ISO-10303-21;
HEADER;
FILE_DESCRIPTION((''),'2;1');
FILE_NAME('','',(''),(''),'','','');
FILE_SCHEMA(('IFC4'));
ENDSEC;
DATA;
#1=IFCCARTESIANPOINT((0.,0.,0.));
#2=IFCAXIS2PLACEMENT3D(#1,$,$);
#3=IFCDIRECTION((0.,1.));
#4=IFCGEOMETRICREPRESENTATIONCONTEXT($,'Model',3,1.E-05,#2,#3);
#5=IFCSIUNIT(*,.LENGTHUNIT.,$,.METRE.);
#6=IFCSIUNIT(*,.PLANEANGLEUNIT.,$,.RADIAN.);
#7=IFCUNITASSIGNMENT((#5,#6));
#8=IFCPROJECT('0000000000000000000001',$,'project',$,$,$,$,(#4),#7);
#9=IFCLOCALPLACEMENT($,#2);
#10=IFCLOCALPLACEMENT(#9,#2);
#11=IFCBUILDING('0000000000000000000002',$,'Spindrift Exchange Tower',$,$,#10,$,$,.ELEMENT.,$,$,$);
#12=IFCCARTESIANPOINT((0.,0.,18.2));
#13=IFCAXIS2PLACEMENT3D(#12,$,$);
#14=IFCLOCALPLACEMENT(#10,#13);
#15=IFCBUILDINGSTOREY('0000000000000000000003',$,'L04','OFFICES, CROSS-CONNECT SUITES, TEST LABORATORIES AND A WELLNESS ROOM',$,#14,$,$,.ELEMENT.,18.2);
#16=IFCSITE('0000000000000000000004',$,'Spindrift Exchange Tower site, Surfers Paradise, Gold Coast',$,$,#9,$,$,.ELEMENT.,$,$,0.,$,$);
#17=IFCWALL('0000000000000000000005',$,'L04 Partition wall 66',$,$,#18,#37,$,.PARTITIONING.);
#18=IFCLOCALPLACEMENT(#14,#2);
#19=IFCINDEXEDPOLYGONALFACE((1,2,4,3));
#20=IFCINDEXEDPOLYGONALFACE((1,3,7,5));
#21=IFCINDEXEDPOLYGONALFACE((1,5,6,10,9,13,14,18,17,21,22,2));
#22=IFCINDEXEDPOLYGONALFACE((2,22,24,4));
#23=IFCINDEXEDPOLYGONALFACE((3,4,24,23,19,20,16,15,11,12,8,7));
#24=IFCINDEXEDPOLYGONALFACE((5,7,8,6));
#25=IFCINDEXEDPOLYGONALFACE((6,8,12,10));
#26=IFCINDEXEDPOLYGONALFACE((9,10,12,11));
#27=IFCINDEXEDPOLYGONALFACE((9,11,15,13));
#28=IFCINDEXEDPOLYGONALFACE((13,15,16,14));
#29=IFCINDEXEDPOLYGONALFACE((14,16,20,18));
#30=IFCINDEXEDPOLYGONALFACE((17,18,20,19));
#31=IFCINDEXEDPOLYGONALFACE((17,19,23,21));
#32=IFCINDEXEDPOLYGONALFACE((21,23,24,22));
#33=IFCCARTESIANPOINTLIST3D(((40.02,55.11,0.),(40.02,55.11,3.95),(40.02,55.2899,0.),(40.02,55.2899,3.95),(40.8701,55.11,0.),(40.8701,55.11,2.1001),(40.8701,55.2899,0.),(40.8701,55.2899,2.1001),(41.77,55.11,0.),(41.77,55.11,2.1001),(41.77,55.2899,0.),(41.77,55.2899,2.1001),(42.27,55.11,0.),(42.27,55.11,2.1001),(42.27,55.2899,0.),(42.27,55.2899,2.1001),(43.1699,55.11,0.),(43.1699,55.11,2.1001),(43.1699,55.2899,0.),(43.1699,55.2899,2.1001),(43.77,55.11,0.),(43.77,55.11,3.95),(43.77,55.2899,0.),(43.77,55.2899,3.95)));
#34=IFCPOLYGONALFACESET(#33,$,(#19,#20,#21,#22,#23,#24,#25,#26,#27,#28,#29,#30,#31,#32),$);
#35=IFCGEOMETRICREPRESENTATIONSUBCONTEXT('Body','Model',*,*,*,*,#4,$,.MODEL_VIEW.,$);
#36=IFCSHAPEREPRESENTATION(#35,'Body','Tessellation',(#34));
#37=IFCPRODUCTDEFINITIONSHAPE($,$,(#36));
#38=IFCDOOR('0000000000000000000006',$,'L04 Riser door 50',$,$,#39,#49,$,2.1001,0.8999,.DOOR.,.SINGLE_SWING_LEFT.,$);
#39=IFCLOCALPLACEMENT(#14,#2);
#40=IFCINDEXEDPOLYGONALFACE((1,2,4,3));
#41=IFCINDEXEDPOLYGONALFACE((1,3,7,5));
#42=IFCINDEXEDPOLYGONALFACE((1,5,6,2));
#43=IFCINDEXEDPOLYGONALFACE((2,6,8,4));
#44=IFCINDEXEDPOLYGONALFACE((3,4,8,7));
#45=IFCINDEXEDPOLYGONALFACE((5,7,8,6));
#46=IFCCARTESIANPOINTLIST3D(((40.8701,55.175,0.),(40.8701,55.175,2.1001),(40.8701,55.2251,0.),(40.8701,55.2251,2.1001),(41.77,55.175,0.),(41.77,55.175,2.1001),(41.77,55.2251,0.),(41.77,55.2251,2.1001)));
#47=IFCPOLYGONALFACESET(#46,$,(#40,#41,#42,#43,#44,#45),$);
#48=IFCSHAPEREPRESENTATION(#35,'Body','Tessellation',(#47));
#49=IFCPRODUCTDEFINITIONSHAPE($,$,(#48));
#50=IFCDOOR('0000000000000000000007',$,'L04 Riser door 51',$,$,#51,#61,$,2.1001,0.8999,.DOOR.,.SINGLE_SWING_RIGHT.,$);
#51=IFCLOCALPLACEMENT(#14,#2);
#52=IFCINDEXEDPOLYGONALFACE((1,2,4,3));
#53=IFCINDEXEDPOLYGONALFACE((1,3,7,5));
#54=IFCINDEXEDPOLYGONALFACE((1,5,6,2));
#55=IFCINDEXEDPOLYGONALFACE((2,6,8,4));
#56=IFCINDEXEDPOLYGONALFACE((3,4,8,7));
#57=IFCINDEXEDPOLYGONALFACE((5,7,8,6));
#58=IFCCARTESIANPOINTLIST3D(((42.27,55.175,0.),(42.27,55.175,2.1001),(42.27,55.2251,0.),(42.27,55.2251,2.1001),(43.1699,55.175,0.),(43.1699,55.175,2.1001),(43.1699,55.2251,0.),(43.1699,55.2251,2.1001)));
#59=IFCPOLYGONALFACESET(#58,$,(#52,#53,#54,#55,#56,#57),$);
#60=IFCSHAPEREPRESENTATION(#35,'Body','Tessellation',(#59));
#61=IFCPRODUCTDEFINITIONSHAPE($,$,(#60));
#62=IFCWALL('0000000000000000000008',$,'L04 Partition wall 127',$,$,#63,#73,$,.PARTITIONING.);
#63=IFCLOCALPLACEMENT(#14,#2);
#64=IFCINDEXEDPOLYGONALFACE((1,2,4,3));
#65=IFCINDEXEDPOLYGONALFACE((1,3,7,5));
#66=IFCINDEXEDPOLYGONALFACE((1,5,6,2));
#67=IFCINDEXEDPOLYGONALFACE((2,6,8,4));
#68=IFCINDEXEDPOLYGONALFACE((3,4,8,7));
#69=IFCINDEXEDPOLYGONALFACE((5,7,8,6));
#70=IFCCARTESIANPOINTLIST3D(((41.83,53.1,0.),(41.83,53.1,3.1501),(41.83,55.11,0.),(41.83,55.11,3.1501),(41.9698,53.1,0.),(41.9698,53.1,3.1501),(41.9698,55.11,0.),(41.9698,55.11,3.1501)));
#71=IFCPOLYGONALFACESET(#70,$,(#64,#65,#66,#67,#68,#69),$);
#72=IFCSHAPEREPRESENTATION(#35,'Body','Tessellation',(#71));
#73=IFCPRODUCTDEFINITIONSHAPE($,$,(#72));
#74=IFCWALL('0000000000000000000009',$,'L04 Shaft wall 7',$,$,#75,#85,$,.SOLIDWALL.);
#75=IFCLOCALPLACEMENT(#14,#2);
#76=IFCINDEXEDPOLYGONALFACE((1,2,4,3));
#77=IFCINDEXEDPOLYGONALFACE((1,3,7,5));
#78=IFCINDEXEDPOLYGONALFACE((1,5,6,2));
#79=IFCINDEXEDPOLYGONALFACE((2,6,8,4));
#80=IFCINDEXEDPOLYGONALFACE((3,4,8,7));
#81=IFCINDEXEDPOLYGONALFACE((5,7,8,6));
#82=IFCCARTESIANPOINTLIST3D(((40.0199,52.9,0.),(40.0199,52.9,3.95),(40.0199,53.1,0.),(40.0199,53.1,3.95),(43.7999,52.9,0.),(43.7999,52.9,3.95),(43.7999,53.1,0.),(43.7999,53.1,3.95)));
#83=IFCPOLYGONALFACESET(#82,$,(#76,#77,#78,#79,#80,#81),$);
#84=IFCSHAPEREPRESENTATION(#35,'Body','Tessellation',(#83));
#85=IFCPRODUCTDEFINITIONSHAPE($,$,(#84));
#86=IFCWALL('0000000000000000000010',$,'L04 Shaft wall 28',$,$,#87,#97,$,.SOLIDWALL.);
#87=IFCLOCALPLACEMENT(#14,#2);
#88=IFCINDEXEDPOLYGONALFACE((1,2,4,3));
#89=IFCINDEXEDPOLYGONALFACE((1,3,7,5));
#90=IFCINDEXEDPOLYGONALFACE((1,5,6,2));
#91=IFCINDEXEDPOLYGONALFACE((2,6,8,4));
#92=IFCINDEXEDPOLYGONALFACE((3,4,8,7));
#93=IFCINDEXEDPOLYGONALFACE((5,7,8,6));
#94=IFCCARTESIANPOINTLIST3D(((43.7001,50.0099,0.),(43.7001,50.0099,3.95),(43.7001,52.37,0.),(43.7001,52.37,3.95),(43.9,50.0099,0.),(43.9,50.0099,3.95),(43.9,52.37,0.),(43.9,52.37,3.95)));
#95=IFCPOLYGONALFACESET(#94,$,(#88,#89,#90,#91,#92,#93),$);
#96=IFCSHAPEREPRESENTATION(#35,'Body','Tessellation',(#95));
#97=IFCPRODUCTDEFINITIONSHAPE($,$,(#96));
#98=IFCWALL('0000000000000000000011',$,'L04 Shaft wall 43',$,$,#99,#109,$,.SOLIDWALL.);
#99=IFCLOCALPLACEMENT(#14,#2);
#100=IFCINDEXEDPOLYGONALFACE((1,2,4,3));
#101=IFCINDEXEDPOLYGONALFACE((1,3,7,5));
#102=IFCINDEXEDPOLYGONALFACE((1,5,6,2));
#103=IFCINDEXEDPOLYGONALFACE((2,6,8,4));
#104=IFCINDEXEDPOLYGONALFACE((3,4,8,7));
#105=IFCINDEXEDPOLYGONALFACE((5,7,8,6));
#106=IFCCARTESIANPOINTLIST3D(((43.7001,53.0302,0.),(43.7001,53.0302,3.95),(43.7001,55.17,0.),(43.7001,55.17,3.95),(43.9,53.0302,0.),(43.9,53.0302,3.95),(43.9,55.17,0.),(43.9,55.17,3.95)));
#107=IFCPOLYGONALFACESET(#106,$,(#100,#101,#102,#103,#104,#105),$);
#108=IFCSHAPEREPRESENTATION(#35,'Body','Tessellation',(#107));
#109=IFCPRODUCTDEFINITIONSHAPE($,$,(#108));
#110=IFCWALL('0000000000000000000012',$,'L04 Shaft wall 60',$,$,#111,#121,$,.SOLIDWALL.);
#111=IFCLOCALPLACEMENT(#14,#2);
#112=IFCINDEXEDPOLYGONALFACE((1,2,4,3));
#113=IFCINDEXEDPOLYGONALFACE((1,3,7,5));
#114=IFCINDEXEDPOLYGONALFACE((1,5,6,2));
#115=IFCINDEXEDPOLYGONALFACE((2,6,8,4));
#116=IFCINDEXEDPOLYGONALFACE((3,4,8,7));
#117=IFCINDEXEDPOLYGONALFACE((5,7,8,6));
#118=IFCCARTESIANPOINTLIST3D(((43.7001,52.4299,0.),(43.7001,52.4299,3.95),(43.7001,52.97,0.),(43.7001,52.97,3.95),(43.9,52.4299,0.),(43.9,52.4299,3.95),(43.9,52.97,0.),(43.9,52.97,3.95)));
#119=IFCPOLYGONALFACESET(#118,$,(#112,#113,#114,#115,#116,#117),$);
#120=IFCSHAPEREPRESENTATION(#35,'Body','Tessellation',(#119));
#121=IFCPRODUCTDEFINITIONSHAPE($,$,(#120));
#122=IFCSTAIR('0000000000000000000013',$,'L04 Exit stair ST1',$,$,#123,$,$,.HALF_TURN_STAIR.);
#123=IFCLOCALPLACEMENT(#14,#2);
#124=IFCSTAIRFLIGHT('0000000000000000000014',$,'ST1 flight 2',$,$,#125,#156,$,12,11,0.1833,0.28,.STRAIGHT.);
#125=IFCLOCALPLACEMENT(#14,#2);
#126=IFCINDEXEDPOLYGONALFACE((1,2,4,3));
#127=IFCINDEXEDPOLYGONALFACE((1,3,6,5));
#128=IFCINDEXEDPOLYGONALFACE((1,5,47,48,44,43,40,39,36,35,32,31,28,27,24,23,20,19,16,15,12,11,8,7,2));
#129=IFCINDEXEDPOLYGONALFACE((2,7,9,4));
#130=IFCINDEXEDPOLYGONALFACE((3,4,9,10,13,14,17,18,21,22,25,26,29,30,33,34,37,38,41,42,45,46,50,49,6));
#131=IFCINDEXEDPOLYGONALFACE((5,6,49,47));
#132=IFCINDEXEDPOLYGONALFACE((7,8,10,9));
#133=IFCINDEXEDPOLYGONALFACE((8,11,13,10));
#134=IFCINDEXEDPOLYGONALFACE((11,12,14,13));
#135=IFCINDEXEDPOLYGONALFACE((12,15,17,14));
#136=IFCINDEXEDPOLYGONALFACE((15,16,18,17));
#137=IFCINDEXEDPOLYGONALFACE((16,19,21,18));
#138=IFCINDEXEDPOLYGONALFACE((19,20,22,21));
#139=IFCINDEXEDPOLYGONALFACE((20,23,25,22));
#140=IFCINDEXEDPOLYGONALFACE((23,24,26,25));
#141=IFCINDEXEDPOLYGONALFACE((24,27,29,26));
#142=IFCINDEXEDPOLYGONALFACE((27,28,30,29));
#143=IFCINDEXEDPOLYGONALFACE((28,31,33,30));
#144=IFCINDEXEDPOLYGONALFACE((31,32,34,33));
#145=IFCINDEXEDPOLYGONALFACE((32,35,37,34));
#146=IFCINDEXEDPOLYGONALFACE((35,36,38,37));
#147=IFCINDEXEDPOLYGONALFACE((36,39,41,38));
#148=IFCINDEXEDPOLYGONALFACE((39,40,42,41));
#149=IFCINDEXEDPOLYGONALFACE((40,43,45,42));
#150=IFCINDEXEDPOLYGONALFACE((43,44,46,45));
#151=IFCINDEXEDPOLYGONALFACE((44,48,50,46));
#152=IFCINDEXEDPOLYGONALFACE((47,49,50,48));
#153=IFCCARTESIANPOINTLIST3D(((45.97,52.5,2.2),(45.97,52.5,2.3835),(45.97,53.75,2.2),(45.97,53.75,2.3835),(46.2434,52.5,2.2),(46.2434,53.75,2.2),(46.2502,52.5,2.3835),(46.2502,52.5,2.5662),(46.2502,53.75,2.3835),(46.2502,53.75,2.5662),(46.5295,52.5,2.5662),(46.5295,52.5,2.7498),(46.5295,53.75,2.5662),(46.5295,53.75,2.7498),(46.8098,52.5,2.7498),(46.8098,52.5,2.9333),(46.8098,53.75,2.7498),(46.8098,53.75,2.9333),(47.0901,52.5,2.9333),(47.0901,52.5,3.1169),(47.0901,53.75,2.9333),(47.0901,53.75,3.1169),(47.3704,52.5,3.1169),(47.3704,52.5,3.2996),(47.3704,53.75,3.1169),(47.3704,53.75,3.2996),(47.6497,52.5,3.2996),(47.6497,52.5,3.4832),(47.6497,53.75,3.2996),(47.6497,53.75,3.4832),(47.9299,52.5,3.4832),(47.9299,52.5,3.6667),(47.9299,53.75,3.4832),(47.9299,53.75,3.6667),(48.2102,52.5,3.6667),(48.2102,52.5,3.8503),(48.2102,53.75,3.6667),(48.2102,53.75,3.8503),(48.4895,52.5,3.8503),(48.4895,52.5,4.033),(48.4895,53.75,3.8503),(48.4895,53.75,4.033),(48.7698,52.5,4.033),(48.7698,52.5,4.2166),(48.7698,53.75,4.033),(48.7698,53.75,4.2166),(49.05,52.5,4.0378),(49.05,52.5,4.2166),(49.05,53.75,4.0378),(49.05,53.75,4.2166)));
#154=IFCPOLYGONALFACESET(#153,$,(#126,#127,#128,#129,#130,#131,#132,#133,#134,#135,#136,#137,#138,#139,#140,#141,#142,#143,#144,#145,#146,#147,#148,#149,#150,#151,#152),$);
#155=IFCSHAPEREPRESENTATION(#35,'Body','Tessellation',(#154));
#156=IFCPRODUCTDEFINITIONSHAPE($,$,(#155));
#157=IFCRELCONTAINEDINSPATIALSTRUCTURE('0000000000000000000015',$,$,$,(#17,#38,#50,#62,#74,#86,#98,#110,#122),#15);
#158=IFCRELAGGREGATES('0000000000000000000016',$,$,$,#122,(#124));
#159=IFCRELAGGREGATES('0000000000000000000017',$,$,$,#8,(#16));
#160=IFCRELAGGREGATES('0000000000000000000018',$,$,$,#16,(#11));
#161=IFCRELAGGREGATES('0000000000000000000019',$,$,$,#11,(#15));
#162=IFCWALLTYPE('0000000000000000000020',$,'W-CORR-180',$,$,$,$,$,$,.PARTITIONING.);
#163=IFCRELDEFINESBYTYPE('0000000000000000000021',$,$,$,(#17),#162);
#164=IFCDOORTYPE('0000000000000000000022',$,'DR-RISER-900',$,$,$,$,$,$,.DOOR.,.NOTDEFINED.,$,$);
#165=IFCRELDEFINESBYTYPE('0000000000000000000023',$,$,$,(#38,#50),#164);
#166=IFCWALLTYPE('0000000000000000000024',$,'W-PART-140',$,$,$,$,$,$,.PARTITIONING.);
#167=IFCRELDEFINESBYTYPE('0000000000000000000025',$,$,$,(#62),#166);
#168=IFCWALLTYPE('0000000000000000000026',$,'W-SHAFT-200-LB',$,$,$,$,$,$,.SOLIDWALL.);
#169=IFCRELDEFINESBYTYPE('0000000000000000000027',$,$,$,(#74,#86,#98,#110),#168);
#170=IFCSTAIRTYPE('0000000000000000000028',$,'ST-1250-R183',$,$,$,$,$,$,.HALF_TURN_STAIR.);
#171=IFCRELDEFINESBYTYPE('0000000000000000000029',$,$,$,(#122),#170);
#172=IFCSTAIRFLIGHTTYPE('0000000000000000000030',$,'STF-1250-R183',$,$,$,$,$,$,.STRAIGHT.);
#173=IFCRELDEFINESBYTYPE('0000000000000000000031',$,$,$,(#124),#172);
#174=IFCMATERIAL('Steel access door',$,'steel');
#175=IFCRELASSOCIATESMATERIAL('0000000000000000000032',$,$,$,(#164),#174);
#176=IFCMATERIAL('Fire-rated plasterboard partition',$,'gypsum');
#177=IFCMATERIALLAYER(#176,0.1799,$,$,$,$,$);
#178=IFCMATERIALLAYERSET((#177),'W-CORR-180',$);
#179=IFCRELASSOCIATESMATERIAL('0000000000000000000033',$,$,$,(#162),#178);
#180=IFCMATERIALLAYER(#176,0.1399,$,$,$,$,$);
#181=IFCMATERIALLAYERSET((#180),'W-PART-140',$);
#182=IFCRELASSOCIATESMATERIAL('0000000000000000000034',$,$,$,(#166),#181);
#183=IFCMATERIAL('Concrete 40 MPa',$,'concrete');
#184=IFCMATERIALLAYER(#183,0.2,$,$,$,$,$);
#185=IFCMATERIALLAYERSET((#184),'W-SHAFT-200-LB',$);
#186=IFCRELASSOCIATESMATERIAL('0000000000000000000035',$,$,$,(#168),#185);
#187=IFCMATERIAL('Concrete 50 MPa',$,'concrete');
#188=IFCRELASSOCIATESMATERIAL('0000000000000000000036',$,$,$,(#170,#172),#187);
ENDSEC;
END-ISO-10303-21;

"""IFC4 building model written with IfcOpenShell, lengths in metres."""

from ifc_helpers import new_model, si_unit, direction, frame, frame_2d, origin, place, context, subcontext, project, spatial, line, indexed_curve, rectangle, outline, extrude, source, transform, mapped, material, layer, layer_set, type_object, element, fill, aggregate, save


model = new_model("IFC4")

# Units and contexts
model_context = context("Model", 3, precision=1e-05, world=origin(), true_north=direction((0.0, 1.0)))
body_context = subcontext(model_context, "Body", "Model", "MODEL_VIEW")
ifc_project = project(units=[si_unit("LENGTHUNIT", "METRE"), si_unit("PLANEANGLEUNIT", "RADIAN")], contexts=[model_context])

# Site, building, storey
site_placement = place(None, origin())
site = spatial("IfcSite", under=ifc_project, at=site_placement, Name="Spindrift Exchange Tower site, Surfers Paradise, Gold Coast", CompositionType="ELEMENT", RefElevation=0.0)
building_placement = place(site_placement, origin())
building = spatial("IfcBuilding", under=site, at=building_placement, Name="Spindrift Exchange Tower", CompositionType="ELEMENT")
storey_placement = place(building_placement, frame((0.0, 0.0, 18.2)))
storey = spatial("IfcBuildingStorey", under=building, at=storey_placement, Name="L04", Description="OFFICES, CROSS-CONNECT SUITES, TEST LABORATORIES AND A WELLNESS ROOM", CompositionType="ELEMENT", Elevation=18.2)

# Wall, openings, doors
ifc_material_1 = material(Name="Steel access door", Category="steel")
door_type_1 = type_object("IfcDoorType", Name="DR-RISER-900", OperationType="NOTDEFINED", PredefinedType="DOOR", material=ifc_material_1)
shared_shape_1 = source(origin(), body_context, "Body", "SweptSolid", [
    extrude(rectangle(XDim=0.8999, YDim=2.1001, at=frame_2d((0.45, 1.05))), frame((0.0, 0.0249, 0.0), z_axis=(0.0, -1.0, 0.0), x_axis=(1.0, 0.0, 0.0)), (0.0, 0.0, 1.0), 0.05),
])
ifc_material_2 = material(Name="Fire-rated plasterboard partition", Category="gypsum")
ifc_layer_1 = layer(ifc_material_2, 0.1799)
ifc_layer_set_1 = layer_set([ifc_layer_1], Name="W-CORR-180")
wall_type_1 = type_object("IfcWallType", Name="W-CORR-180", PredefinedType="PARTITIONING", material=ifc_layer_set_1)
wall_1_placement = place(storey_placement, frame((43.77, 55.2, 0.0), z_axis=(0.0, 0.0, 1.0), x_axis=(-1.0, 0.0, 0.0)))
wall_1 = element("IfcWall", 1, at=wall_1_placement, inside=storey, type_object=wall_type_1, Name="L04 Partition wall 66", PredefinedType="PARTITIONING", context=body_context, shape_type="SweptSolid", body=[
    extrude(rectangle(XDim=3.75, YDim=0.1799, at=frame_2d((1.875, 0.0))), origin(), (0.0, 0.0, 1.0), 3.95),
])
opening_1_placement = place(wall_1_placement, frame((2.0, 0.0, 0.0)))
opening_1 = element("IfcOpeningElement", 2, at=opening_1_placement, cuts=wall_1, PredefinedType="OPENING", context=body_context, shape_type="SweptSolid", body=[
    extrude(rectangle(XDim=0.8999, YDim=2.1001, at=frame_2d((0.45, 1.05))), frame((0.0, 0.0999, 0.0), z_axis=(0.0, -1.0, 0.0), x_axis=(1.0, 0.0, 0.0)), (0.0, 0.0, 1.0), 0.2),
])
opening_2_placement = place(wall_1_placement, frame((0.6001, 0.0, 0.0)))
opening_2 = element("IfcOpeningElement", 3, at=opening_2_placement, cuts=wall_1, PredefinedType="OPENING", context=body_context, shape_type="SweptSolid", body=[
    extrude(rectangle(XDim=0.8999, YDim=2.1001, at=frame_2d((0.45, 1.05))), frame((0.0, 0.0999, 0.0), z_axis=(0.0, -1.0, 0.0), x_axis=(1.0, 0.0, 0.0)), (0.0, 0.0, 1.0), 0.2),
])
door_1_placement = place(opening_1_placement, origin())
door_1 = element("IfcDoor", 4, at=door_1_placement, inside=storey, type_object=door_type_1, Name="L04 Riser door 50", OperationType="SINGLE_SWING_LEFT", OverallHeight=2.1001, OverallWidth=0.8999, PredefinedType="DOOR", context=body_context, shape_type="MappedRepresentation", body=[
    mapped(shared_shape_1, transform((0.0, 0.0, 0.0), scale=1.0)),
])
fill(opening_1, door_1)
door_2_placement = place(opening_2_placement, origin())
door_2 = element("IfcDoor", 5, at=door_2_placement, inside=storey, type_object=door_type_1, Name="L04 Riser door 51", OperationType="SINGLE_SWING_RIGHT", OverallHeight=2.1001, OverallWidth=0.8999, PredefinedType="DOOR", context=body_context, shape_type="MappedRepresentation", body=[
    mapped(shared_shape_1, transform((0.0, 0.0, 0.0), scale=1.0)),
])
fill(opening_2, door_2)

# Walls
ifc_layer_2 = layer(ifc_material_2, 0.1399)
ifc_layer_set_2 = layer_set([ifc_layer_2], Name="W-PART-140")
wall_type_2 = type_object("IfcWallType", Name="W-PART-140", PredefinedType="PARTITIONING", material=ifc_layer_set_2)
wall_2_placement = place(storey_placement, frame((41.8999, 53.1001, 0.0), z_axis=(0.0, 0.0, 1.0), x_axis=(0.0, 1.0, 0.0)))
element("IfcWall", 6, at=wall_2_placement, inside=storey, type_object=wall_type_2, Name="L04 Partition wall 127", PredefinedType="PARTITIONING", context=body_context, shape_type="SweptSolid", body=[
    extrude(rectangle(XDim=2.01, YDim=0.1399, at=frame_2d((1.0049, 0.0))), origin(), (0.0, 0.0, 1.0), 3.1501),
])
ifc_material_3 = material(Name="Concrete 40 MPa", Category="concrete")
ifc_layer_3 = layer(ifc_material_3, 0.2)
ifc_layer_set_3 = layer_set([ifc_layer_3], Name="W-SHAFT-200-LB")
wall_type_3 = type_object("IfcWallType", Name="W-SHAFT-200-LB", PredefinedType="SOLIDWALL", material=ifc_layer_set_3)
wall_3_placement = place(storey_placement, frame((43.8, 53.0, 0.0), z_axis=(0.0, 0.0, 1.0), x_axis=(-1.0, 0.0, 0.0)))
element("IfcWall", 7, at=wall_3_placement, inside=storey, type_object=wall_type_3, Name="L04 Shaft wall 7", PredefinedType="SOLIDWALL", context=body_context, shape_type="SweptSolid", body=[
    extrude(rectangle(XDim=3.78, YDim=0.2, at=frame_2d((1.8901, 0.0))), origin(), (0.0, 0.0, 1.0), 3.95),
])
wall_4_placement = place(storey_placement, frame((43.8, 52.3701, 0.0), z_axis=(0.0, 0.0, 1.0), x_axis=(0.0, -1.0, 0.0)))
element("IfcWall", 8, at=wall_4_placement, inside=storey, type_object=wall_type_3, Name="L04 Shaft wall 28", PredefinedType="SOLIDWALL", context=body_context, shape_type="SweptSolid", body=[
    extrude(rectangle(XDim=2.3601, YDim=0.2, at=frame_2d((1.1802, 0.0))), origin(), (0.0, 0.0, 1.0), 3.95),
])
wall_5_placement = place(storey_placement, frame((43.8, 55.1699, 0.0), z_axis=(0.0, 0.0, 1.0), x_axis=(0.0, -1.0, 0.0)))
element("IfcWall", 9, at=wall_5_placement, inside=storey, type_object=wall_type_3, Name="L04 Shaft wall 43", PredefinedType="SOLIDWALL", context=body_context, shape_type="SweptSolid", body=[
    extrude(rectangle(XDim=2.1399, YDim=0.2, at=frame_2d((1.0698, 0.0))), origin(), (0.0, 0.0, 1.0), 3.95),
])
wall_6_placement = place(storey_placement, frame((43.8, 52.4299, 0.0), z_axis=(0.0, 0.0, 1.0), x_axis=(0.0, 1.0, 0.0)))
element("IfcWall", 10, at=wall_6_placement, inside=storey, type_object=wall_type_3, Name="L04 Shaft wall 60", PredefinedType="SOLIDWALL", context=body_context, shape_type="SweptSolid", body=[
    extrude(rectangle(XDim=0.54, YDim=0.2, at=frame_2d((0.27, 0.0))), origin(), (0.0, 0.0, 1.0), 3.95),
])

# Stair, stair flight
ifc_material_4 = material(Name="Concrete 50 MPa", Category="concrete")
stair_type = type_object("IfcStairType", Name="ST-1250-R183", PredefinedType="HALF_TURN_STAIR", material=ifc_material_4)
stair_placement = place(storey_placement, origin())
stair = element("IfcStair", 11, at=stair_placement, inside=storey, type_object=stair_type, Name="L04 Exit stair ST1", PredefinedType="HALF_TURN_STAIR")
stair_flight_type = type_object("IfcStairFlightType", Name="STF-1250-R183", PredefinedType="STRAIGHT", material=ifc_material_4)
stair_flight_placement = place(storey_placement, frame((45.97, 53.125, 2.2), z_axis=(0.0, 0.0, 1.0), x_axis=(1.0, 0.0, 0.0)))
stair_flight = element("IfcStairFlight", 12, at=stair_flight_placement, type_object=stair_flight_type, Name="ST1 flight 2", NumberOfRisers=12, NumberOfTreads=11, PredefinedType="STRAIGHT", RiserHeight=0.1833, TreadLength=0.28, context=body_context, shape_type="SweptSolid", body=[
    extrude(outline(indexed_curve([(0.0, 0.0), (0.0, 0.1836), (0.2803, 0.1836), (0.2803, 0.3662), (0.5596, 0.3662), (0.5596, 0.5498), (0.8398, 0.5498), (0.8398, 0.7334), (1.1201, 0.7334), (1.1201, 0.917), (1.4004, 0.917), (1.4004, 1.0996), (1.6797, 1.0996), (1.6797, 1.2832), (1.96, 1.2832), (1.96, 1.4668), (2.2402, 1.4668), (2.2402, 1.6504), (2.5195, 1.6504), (2.5195, 1.833), (2.7998, 1.833), (2.7998, 2.0166), (3.0801, 2.0166), (3.0801, 2.2002), (3.0801, 1.8379), (0.2734, 0.0)], segments=[line(1, 2, 3, 4, 5, 6, 7, 8, 9, 10, 11, 12, 13, 14, 15, 16, 17, 18, 19, 20, 21, 22, 23, 24, 25, 26, 1)], self_intersect=False)), frame((0.0, 0.625, 0.0), z_axis=(0.0, -1.0, 0.0), x_axis=(1.0, 0.0, 0.0)), (0.0, 0.0, 1.0), 1.25),
])
aggregate(stair, [stair_flight])

save(model, "model.ifc")
